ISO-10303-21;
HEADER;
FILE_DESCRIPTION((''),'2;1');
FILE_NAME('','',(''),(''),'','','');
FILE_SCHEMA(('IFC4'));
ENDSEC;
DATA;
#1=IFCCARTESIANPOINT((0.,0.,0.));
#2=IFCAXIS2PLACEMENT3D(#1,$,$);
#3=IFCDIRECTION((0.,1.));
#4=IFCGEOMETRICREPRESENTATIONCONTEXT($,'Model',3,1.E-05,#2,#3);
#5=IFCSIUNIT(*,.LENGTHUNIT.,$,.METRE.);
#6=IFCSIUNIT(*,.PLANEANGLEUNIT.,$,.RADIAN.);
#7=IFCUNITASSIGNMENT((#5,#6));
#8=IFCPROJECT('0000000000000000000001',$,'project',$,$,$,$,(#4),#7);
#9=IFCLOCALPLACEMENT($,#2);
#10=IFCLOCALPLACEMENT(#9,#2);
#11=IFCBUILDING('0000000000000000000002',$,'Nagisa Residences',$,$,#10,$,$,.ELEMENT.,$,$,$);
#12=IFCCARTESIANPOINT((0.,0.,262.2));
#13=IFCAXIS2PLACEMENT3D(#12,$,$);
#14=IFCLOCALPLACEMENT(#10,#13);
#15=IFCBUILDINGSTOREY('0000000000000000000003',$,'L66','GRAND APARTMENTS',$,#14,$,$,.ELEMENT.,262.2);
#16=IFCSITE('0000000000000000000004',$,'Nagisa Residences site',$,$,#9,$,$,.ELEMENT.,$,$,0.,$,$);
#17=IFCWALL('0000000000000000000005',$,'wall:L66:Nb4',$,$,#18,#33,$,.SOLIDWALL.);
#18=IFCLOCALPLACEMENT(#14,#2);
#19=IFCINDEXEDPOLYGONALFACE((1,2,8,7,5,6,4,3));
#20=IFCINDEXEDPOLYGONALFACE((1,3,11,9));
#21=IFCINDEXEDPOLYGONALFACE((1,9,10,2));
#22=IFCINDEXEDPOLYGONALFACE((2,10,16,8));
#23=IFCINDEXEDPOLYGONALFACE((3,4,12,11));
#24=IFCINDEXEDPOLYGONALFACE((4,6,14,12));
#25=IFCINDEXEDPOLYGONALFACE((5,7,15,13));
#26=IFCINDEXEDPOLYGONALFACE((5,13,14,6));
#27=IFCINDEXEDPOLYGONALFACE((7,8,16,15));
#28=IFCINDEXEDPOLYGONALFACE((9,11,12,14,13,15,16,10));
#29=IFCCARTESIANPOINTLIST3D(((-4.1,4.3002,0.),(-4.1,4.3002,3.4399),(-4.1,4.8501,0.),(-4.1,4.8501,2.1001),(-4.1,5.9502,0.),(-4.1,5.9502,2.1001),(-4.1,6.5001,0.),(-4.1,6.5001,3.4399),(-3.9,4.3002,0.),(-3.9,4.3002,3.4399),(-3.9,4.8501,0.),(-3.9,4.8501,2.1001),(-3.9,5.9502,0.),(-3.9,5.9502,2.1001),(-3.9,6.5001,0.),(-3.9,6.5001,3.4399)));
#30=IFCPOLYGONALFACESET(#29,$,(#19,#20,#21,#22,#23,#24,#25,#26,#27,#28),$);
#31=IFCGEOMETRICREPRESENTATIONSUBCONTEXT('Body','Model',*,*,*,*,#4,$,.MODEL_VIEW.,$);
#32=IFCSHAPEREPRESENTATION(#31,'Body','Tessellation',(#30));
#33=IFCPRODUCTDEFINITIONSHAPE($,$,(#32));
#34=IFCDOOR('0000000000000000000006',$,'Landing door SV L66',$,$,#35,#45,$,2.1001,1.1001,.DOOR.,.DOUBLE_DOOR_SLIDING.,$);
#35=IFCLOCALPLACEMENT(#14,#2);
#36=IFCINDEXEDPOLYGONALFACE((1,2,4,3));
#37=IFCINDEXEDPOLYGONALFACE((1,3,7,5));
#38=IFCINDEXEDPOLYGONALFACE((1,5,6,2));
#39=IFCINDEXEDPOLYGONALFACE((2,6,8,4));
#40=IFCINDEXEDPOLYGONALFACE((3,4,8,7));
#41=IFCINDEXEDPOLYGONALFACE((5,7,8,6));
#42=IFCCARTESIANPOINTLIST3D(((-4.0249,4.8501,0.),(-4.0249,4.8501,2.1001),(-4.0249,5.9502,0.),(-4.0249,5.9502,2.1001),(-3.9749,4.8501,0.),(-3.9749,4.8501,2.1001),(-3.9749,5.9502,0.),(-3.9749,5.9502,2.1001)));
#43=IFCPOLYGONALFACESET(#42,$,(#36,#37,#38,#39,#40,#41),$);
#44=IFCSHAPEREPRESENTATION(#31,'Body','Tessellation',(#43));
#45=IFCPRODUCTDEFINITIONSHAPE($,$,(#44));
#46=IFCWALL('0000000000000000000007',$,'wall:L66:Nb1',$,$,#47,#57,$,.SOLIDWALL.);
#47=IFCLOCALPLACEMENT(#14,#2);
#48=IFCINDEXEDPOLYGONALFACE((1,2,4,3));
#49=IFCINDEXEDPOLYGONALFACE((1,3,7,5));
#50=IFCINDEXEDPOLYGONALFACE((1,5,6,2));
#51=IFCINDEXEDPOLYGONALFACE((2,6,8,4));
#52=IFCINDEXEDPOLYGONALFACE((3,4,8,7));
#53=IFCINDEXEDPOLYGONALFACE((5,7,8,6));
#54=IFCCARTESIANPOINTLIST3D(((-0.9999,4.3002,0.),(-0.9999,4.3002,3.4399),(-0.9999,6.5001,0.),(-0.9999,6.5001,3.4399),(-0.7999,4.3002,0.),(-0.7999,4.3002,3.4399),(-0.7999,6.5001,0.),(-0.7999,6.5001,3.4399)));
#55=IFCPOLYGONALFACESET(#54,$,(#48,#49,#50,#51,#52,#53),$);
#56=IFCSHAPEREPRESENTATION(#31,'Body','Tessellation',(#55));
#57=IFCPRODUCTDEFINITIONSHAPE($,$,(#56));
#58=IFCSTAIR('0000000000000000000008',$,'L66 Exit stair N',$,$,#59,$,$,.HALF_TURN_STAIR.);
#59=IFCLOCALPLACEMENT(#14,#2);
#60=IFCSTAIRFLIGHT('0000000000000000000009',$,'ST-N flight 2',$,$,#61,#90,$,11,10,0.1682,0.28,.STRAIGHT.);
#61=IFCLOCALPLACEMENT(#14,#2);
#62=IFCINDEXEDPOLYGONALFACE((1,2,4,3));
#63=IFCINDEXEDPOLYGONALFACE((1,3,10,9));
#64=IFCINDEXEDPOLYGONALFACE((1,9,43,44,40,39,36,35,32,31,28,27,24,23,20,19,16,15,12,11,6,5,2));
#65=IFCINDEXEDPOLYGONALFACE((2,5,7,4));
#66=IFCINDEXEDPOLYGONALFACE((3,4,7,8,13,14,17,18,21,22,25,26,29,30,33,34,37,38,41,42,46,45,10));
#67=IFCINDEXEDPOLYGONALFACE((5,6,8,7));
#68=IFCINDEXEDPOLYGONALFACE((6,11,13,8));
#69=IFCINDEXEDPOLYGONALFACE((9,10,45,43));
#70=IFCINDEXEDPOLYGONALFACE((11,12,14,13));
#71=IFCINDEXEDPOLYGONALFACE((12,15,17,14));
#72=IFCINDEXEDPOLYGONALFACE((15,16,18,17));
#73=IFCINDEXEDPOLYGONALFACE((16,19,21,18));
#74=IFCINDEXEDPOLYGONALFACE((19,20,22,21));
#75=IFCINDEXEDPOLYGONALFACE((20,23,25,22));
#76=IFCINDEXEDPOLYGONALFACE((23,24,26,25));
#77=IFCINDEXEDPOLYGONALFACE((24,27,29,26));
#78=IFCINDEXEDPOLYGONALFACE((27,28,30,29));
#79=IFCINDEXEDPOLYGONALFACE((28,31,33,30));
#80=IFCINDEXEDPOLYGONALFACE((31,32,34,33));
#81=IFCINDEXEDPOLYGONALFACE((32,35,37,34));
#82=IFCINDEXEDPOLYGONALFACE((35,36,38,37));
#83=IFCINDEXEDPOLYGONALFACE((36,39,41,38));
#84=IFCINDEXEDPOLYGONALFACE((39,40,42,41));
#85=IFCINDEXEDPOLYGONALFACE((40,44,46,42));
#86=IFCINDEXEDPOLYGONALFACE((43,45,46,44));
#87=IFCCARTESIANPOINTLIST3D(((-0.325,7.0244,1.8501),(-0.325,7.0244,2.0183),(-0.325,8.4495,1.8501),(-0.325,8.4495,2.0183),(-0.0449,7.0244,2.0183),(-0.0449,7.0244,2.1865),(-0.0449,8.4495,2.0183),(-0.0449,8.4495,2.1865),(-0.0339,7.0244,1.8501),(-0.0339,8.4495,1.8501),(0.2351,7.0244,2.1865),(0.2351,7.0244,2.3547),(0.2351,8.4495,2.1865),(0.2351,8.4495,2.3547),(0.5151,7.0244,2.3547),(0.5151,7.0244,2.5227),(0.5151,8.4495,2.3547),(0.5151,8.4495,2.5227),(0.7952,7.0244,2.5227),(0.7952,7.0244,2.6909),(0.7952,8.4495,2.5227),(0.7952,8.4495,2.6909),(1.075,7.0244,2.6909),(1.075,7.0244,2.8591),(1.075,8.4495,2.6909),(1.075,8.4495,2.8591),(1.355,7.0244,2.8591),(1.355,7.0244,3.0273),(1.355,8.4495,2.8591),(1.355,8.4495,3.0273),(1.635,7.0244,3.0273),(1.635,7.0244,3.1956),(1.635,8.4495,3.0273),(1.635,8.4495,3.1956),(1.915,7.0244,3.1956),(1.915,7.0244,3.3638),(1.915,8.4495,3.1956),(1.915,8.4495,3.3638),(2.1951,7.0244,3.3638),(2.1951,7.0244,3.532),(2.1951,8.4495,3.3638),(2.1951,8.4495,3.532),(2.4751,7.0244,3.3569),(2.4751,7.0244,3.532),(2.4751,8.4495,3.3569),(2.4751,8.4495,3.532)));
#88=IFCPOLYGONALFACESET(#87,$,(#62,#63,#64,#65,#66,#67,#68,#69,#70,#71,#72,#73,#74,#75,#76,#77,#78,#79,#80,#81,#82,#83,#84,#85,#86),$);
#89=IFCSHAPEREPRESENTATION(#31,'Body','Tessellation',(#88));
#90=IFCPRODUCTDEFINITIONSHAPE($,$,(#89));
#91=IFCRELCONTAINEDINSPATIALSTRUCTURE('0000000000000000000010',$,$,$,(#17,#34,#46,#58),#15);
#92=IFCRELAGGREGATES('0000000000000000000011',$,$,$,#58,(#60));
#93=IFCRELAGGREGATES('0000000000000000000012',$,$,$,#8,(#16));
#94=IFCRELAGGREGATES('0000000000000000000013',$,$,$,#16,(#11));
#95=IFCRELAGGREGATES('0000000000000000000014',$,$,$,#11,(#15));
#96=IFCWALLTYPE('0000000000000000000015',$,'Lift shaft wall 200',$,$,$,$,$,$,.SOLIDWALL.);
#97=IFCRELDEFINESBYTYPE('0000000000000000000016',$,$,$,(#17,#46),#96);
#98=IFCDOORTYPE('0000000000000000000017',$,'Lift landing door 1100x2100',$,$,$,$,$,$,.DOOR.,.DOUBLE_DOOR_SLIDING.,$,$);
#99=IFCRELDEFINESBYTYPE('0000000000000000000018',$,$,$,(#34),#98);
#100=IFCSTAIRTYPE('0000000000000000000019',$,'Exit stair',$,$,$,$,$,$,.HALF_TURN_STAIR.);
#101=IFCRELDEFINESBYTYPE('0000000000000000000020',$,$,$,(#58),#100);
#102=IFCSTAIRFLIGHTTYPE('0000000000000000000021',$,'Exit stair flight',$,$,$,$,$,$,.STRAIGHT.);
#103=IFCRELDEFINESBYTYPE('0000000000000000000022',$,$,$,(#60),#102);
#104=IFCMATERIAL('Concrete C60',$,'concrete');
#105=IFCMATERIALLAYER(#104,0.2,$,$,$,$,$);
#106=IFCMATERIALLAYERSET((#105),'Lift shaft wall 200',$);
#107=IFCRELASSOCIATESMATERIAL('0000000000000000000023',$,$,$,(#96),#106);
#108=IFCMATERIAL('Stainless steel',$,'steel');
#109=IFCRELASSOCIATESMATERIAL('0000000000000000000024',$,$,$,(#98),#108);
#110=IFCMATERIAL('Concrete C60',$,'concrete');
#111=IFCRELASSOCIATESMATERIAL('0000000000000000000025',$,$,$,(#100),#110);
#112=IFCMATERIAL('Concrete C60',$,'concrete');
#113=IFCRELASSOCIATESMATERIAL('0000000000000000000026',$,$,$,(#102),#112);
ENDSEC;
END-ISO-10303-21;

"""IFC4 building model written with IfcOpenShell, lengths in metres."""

from ifc_helpers import new_model, si_unit, direction, frame, frame_2d, origin, place, context, subcontext, project, spatial, polyline, rectangle, outline, extrude, material, layer, layer_set, type_object, element, fill, aggregate, save


model = new_model("IFC4")

# Units and contexts
model_context = context("Model", 3, precision=1e-05, world=origin(), true_north=direction((0.0, 1.0)))
body_context = subcontext(model_context, "Body", "Model", "MODEL_VIEW")
ifc_project = project(units=[si_unit("LENGTHUNIT", "METRE"), si_unit("PLANEANGLEUNIT", "RADIAN")], contexts=[model_context])

# Site, building, storey
site_placement = place(None, origin())
site = spatial("IfcSite", under=ifc_project, at=site_placement, Name="Nagisa Residences site", CompositionType="ELEMENT", RefElevation=0.0)
building_placement = place(site_placement, origin())
building = spatial("IfcBuilding", under=site, at=building_placement, Name="Nagisa Residences", CompositionType="ELEMENT")
storey_placement = place(building_placement, frame((0.0, 0.0, 262.2)))
storey = spatial("IfcBuildingStorey", under=building, at=storey_placement, Name="L66", Description="GRAND APARTMENTS", CompositionType="ELEMENT", Elevation=262.2)

# Wall, opening, door
ifc_material_1 = material(Name="Concrete C60", Category="concrete")
ifc_layer_1 = layer(ifc_material_1, 0.2)
ifc_layer_set_1 = layer_set([ifc_layer_1], Name="Lift shaft wall 200")
wall_type_1 = type_object("IfcWallType", Name="Lift shaft wall 200", PredefinedType="SOLIDWALL", material=ifc_layer_set_1)
wall_1_placement = place(storey_placement, frame((-4.0, 4.3, 0.0), z_axis=(0.0, 0.0, 1.0), x_axis=(0.0, 1.0, 0.0)))
wall_1 = element("IfcWall", 1, at=wall_1_placement, inside=storey, type_object=wall_type_1, Name="wall:L66:Nb4", PredefinedType="SOLIDWALL", context=body_context, shape_type="SweptSolid", body=[
    extrude(rectangle(XDim=2.2, YDim=0.2, at=frame_2d((1.1001, 0.0))), origin(), (0.0, 0.0, 1.0), 3.4399),
])
opening_1_placement = place(wall_1_placement, frame((0.55, 0.0, 0.0)))
opening_1 = element("IfcOpeningElement", 2, at=opening_1_placement, cuts=wall_1, PredefinedType="OPENING", context=body_context, shape_type="SweptSolid", body=[
    extrude(rectangle(XDim=1.1001, YDim=2.1001, at=frame_2d((0.55, 1.05))), frame((0.0, 0.1099, 0.0), z_axis=(0.0, -1.0, 0.0), x_axis=(1.0, 0.0, 0.0)), (0.0, 0.0, 1.0), 0.22),
])
ifc_material_2 = material(Name="Stainless steel", Category="steel")
door_type_1 = type_object("IfcDoorType", Name="Lift landing door 1100x2100", OperationType="DOUBLE_DOOR_SLIDING", PredefinedType="DOOR", material=ifc_material_2)
door_1_placement = place(opening_1_placement, origin())
door_1 = element("IfcDoor", 3, at=door_1_placement, inside=storey, type_object=door_type_1, Name="Landing door SV L66", OperationType="DOUBLE_DOOR_SLIDING", OverallHeight=2.1001, OverallWidth=1.1001, PredefinedType="DOOR", context=body_context, shape_type="SweptSolid", body=[
    extrude(rectangle(XDim=1.1001, YDim=2.1001, at=frame_2d((0.55, 1.05))), frame((0.0, 0.0249, 0.0), z_axis=(0.0, -1.0, 0.0), x_axis=(1.0, 0.0, 0.0)), (0.0, 0.0, 1.0), 0.05),
])
fill(opening_1, door_1)

# Wall
wall_2_placement = place(storey_placement, frame((-0.8999, 4.3, 0.0), z_axis=(0.0, 0.0, 1.0), x_axis=(0.0, 1.0, 0.0)))
element("IfcWall", 4, at=wall_2_placement, inside=storey, type_object=wall_type_1, Name="wall:L66:Nb1", PredefinedType="SOLIDWALL", context=body_context, shape_type="SweptSolid", body=[
    extrude(rectangle(XDim=2.2, YDim=0.2, at=frame_2d((1.1001, 0.0))), origin(), (0.0, 0.0, 1.0), 3.4399),
])

# Stair, stair flight
ifc_material_3 = material(Name="Concrete C60", Category="concrete")
stair_type = type_object("IfcStairType", Name="Exit stair", PredefinedType="HALF_TURN_STAIR", material=ifc_material_3)
stair_placement = place(storey_placement, origin())
stair = element("IfcStair", 5, at=stair_placement, inside=storey, type_object=stair_type, Name="L66 Exit stair N", PredefinedType="HALF_TURN_STAIR")
ifc_material_4 = material(Name="Concrete C60", Category="concrete")
stair_flight_type = type_object("IfcStairFlightType", Name="Exit stair flight", PredefinedType="STRAIGHT", material=ifc_material_4)
stair_flight_placement = place(storey_placement, frame((-0.325, 7.7371, 1.8501), z_axis=(0.0, 0.0, 1.0), x_axis=(1.0, 0.0, 0.0)))
stair_flight = element("IfcStairFlight", 6, at=stair_flight_placement, type_object=stair_flight_type, Name="ST-N flight 2", NumberOfRisers=11, NumberOfTreads=10, PredefinedType="STRAIGHT", RiserHeight=0.1682, TreadLength=0.28, context=body_context, shape_type="SweptSolid", body=[
    extrude(outline(polyline([(0.0, 0.0), (0.0, 0.1682), (0.28, 0.1682), (0.28, 0.3364), (0.5601, 0.3364), (0.5601, 0.5046), (0.8401, 0.5046), (0.8401, 0.6726), (1.1201, 0.6726), (1.1201, 0.8408), (1.3999, 0.8408), (1.3999, 1.009), (1.6799, 1.009), (1.6799, 1.1772), (1.96, 1.1772), (1.96, 1.3455), (2.24, 1.3455), (2.24, 1.5137), (2.52, 1.5137), (2.52, 1.6819), (2.8, 1.6819), (2.8, 1.8501), (2.8, 1.5068), (0.291, 0.0), (0.0, 0.0)])), frame((0.0, 0.7124, 0.0), z_axis=(0.0, -1.0, 0.0), x_axis=(1.0, 0.0, 0.0)), (0.0, 0.0, 1.0), 1.425),
])
aggregate(stair, [stair_flight])

save(model, "model.ifc")
